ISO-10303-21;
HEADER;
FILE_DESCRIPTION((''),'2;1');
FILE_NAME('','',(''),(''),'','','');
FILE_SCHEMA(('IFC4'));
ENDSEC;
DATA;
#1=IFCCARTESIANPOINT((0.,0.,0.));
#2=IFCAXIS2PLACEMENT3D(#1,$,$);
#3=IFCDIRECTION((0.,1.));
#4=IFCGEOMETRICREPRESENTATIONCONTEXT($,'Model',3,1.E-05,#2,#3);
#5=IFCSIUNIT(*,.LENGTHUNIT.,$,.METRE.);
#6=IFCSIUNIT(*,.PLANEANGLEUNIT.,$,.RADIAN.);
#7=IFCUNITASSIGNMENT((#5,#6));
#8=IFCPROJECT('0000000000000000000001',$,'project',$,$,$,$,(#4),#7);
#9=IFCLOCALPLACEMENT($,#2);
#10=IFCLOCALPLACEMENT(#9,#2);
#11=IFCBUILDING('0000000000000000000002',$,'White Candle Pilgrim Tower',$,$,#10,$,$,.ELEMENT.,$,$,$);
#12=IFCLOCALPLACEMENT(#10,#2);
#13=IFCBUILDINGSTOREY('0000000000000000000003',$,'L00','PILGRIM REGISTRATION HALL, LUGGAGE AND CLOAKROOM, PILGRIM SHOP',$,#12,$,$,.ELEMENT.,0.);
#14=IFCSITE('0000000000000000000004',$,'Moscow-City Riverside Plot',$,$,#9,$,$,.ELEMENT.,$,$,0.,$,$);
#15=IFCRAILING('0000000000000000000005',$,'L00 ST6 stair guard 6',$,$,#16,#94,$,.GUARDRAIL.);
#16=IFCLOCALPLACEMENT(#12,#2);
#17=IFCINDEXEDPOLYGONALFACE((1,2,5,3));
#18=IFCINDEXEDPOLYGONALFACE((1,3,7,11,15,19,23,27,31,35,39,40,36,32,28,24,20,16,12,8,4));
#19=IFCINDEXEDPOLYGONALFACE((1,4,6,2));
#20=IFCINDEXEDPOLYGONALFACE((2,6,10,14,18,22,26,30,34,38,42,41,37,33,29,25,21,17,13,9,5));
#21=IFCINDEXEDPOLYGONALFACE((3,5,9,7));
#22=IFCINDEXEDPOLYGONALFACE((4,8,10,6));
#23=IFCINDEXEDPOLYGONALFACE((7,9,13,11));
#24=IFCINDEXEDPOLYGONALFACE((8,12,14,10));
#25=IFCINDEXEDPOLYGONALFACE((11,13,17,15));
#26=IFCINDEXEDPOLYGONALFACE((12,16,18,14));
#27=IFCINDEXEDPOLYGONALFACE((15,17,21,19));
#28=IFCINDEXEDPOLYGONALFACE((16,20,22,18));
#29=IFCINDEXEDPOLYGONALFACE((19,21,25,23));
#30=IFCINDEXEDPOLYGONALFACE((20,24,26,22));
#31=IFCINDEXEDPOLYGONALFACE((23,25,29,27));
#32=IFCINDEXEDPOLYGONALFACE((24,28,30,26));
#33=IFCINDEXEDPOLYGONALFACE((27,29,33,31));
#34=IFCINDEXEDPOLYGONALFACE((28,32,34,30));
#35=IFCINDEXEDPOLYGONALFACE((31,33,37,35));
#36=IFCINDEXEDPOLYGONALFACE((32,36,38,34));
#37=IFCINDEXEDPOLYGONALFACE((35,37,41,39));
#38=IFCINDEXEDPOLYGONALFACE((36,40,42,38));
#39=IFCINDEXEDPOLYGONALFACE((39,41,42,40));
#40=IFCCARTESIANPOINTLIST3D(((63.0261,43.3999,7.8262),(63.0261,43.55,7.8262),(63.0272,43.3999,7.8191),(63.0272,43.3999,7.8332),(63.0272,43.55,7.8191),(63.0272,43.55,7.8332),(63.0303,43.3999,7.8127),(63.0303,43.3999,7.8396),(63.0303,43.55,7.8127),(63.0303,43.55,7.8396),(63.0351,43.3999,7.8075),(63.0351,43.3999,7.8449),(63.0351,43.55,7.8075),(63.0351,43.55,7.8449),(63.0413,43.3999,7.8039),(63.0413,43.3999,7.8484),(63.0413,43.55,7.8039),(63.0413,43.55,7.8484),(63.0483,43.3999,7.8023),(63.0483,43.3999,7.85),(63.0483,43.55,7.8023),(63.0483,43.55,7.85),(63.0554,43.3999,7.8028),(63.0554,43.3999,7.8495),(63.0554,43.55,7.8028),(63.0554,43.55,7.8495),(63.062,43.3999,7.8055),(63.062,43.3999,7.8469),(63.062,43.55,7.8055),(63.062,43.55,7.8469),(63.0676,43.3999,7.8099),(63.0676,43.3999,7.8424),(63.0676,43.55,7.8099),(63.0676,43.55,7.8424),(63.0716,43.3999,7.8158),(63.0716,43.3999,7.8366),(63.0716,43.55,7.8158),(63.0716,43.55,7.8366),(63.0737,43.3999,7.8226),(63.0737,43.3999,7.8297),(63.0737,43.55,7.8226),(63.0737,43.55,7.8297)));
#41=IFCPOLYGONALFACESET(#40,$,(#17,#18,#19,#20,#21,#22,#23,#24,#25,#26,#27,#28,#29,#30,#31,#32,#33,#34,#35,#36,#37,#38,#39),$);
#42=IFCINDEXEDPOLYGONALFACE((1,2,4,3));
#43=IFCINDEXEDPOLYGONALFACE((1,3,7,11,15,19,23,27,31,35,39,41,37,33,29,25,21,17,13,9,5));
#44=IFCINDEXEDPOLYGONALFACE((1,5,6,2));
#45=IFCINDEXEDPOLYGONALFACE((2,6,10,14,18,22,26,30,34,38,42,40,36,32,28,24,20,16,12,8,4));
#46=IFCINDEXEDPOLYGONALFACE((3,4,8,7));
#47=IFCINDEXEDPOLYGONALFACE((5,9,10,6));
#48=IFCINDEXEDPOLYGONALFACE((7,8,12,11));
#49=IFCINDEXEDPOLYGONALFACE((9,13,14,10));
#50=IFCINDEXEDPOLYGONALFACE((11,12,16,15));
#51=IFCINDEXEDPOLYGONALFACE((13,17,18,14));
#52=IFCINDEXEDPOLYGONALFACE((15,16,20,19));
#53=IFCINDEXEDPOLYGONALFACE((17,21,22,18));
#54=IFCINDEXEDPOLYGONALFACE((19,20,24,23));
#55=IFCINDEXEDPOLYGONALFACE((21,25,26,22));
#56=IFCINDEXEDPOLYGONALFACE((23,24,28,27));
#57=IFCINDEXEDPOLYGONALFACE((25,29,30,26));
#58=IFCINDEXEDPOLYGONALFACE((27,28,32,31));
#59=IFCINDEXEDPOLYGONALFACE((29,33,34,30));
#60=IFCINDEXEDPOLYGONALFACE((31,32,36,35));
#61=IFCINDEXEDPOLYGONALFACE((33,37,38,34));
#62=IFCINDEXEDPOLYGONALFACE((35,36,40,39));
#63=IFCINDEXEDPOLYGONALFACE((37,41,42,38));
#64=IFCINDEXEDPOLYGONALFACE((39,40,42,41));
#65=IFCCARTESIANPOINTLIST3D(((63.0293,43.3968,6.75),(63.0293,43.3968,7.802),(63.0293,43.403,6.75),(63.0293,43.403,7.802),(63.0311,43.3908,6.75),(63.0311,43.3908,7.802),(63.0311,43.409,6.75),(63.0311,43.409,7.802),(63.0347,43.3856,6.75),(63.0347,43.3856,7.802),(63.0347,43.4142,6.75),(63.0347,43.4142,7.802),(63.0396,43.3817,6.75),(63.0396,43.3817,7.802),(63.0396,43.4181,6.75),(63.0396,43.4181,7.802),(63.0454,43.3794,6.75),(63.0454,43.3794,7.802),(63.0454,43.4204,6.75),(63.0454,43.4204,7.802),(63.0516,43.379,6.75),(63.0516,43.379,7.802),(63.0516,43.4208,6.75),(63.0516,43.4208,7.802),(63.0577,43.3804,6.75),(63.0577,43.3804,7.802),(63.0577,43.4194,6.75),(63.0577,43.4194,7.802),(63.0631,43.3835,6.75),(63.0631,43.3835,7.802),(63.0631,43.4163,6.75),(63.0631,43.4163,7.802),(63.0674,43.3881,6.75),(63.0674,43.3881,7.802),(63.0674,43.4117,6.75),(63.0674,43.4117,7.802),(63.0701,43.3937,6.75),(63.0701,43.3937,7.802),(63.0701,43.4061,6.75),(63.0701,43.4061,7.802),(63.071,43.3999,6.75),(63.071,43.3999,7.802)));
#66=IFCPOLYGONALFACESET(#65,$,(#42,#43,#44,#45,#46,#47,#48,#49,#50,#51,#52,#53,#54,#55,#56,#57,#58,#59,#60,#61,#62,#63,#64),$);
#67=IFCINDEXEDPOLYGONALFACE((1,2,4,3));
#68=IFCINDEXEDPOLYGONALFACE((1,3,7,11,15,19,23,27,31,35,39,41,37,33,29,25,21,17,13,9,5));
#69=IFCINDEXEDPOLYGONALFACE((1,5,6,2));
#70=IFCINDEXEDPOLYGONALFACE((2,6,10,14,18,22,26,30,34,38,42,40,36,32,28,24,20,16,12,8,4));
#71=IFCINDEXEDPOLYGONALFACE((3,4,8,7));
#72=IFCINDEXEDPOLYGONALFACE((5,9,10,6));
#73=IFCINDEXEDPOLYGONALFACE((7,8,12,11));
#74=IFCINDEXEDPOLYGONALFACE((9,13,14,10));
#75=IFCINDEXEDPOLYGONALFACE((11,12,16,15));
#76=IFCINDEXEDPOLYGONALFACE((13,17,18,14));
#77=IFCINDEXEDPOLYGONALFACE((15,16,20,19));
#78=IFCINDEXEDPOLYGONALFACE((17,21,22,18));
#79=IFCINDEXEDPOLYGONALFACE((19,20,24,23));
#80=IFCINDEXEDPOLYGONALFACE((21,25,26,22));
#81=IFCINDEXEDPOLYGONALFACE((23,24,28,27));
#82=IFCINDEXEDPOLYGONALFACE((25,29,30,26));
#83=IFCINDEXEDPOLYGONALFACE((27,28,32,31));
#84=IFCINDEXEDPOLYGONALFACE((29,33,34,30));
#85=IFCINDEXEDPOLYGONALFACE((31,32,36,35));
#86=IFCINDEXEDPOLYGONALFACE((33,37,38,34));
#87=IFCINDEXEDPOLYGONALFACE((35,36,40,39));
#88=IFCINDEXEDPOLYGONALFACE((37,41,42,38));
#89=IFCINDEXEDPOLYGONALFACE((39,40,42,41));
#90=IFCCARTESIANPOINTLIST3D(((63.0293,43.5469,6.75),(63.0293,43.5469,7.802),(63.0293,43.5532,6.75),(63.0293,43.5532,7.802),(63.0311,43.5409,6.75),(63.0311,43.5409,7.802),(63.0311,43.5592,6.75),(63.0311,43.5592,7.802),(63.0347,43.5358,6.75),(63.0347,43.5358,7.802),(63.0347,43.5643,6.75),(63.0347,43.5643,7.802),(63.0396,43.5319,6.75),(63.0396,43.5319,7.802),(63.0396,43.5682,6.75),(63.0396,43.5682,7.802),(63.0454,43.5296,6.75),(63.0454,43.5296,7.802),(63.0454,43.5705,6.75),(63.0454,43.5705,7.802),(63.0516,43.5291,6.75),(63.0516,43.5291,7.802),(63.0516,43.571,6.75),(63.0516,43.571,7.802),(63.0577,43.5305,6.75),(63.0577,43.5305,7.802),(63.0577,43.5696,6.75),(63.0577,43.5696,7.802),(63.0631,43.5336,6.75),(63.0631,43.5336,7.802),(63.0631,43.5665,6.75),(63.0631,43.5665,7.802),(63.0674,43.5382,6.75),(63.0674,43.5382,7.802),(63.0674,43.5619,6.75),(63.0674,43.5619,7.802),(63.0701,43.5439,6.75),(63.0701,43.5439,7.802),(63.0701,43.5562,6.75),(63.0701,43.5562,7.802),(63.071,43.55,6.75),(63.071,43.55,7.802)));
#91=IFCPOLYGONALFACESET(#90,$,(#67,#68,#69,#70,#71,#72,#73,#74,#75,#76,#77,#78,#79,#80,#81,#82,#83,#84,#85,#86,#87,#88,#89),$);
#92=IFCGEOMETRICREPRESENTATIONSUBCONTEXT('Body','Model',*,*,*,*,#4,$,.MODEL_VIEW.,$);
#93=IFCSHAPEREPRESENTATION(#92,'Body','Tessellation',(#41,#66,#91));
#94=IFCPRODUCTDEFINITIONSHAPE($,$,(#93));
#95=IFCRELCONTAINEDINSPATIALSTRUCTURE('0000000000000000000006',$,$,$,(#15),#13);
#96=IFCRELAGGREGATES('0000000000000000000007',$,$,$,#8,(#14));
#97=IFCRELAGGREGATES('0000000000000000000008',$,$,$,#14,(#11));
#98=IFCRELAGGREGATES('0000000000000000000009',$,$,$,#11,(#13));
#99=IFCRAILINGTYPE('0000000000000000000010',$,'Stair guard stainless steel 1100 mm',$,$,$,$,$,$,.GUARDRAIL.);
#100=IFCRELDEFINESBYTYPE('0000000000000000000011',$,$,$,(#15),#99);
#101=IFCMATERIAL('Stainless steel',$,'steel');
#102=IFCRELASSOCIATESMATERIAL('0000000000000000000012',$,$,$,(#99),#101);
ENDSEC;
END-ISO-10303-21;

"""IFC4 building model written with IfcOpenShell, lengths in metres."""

from ifc_helpers import new_model, si_unit, direction, frame, origin, origin_2d, place, context, subcontext, project, spatial, circle, extrude, material, type_object, element, save


model = new_model("IFC4")

# Units and contexts
model_context = context("Model", 3, precision=1e-05, world=origin(), true_north=direction((0.0, 1.0)))
body_context = subcontext(model_context, "Body", "Model", "MODEL_VIEW")
ifc_project = project(units=[si_unit("LENGTHUNIT", "METRE"), si_unit("PLANEANGLEUNIT", "RADIAN")], contexts=[model_context])

# Site, building, storey
site_placement = place(None, origin())
site = spatial("IfcSite", under=ifc_project, at=site_placement, Name="Moscow-City Riverside Plot", CompositionType="ELEMENT", RefElevation=0.0)
building_placement = place(site_placement, origin())
building = spatial("IfcBuilding", under=site, at=building_placement, Name="White Candle Pilgrim Tower", CompositionType="ELEMENT")
storey_placement = place(building_placement, origin())
storey = spatial("IfcBuildingStorey", under=building, at=storey_placement, Name="L00", Description="PILGRIM REGISTRATION HALL, LUGGAGE AND CLOAKROOM, PILGRIM SHOP", CompositionType="ELEMENT", Elevation=0.0)

# Railing
ifc_material_1 = material(Name="Stainless steel", Category="steel")
railing_type_1 = type_object("IfcRailingType", Name="Stair guard stainless steel 1100 mm", PredefinedType="GUARDRAIL", material=ifc_material_1)
railing_1_placement = place(storey_placement, frame((63.05, 43.3999, 6.75)))
element("IfcRailing", 1, at=railing_1_placement, inside=storey, type_object=railing_type_1, Name="L00 ST6 stair guard 6", PredefinedType="GUARDRAIL", context=body_context, shape_type="SweptSolid", body=[
    extrude(circle(Radius=0.0239, at=origin_2d()), frame((0.0, 0.0, 1.0762), z_axis=(0.0, 1.0, 0.0), x_axis=(-1.0, 0.0, 0.0)), (0.0, 0.0, 1.0), 0.1501),
    extrude(circle(Radius=0.021, at=origin_2d()), origin(), (0.0, 0.0, 1.0), 1.052),
    extrude(circle(Radius=0.021, at=origin_2d()), frame((0.0, 0.1501, 0.0)), (0.0, 0.0, 1.0), 1.052),
])

save(model, "model.ifc")
